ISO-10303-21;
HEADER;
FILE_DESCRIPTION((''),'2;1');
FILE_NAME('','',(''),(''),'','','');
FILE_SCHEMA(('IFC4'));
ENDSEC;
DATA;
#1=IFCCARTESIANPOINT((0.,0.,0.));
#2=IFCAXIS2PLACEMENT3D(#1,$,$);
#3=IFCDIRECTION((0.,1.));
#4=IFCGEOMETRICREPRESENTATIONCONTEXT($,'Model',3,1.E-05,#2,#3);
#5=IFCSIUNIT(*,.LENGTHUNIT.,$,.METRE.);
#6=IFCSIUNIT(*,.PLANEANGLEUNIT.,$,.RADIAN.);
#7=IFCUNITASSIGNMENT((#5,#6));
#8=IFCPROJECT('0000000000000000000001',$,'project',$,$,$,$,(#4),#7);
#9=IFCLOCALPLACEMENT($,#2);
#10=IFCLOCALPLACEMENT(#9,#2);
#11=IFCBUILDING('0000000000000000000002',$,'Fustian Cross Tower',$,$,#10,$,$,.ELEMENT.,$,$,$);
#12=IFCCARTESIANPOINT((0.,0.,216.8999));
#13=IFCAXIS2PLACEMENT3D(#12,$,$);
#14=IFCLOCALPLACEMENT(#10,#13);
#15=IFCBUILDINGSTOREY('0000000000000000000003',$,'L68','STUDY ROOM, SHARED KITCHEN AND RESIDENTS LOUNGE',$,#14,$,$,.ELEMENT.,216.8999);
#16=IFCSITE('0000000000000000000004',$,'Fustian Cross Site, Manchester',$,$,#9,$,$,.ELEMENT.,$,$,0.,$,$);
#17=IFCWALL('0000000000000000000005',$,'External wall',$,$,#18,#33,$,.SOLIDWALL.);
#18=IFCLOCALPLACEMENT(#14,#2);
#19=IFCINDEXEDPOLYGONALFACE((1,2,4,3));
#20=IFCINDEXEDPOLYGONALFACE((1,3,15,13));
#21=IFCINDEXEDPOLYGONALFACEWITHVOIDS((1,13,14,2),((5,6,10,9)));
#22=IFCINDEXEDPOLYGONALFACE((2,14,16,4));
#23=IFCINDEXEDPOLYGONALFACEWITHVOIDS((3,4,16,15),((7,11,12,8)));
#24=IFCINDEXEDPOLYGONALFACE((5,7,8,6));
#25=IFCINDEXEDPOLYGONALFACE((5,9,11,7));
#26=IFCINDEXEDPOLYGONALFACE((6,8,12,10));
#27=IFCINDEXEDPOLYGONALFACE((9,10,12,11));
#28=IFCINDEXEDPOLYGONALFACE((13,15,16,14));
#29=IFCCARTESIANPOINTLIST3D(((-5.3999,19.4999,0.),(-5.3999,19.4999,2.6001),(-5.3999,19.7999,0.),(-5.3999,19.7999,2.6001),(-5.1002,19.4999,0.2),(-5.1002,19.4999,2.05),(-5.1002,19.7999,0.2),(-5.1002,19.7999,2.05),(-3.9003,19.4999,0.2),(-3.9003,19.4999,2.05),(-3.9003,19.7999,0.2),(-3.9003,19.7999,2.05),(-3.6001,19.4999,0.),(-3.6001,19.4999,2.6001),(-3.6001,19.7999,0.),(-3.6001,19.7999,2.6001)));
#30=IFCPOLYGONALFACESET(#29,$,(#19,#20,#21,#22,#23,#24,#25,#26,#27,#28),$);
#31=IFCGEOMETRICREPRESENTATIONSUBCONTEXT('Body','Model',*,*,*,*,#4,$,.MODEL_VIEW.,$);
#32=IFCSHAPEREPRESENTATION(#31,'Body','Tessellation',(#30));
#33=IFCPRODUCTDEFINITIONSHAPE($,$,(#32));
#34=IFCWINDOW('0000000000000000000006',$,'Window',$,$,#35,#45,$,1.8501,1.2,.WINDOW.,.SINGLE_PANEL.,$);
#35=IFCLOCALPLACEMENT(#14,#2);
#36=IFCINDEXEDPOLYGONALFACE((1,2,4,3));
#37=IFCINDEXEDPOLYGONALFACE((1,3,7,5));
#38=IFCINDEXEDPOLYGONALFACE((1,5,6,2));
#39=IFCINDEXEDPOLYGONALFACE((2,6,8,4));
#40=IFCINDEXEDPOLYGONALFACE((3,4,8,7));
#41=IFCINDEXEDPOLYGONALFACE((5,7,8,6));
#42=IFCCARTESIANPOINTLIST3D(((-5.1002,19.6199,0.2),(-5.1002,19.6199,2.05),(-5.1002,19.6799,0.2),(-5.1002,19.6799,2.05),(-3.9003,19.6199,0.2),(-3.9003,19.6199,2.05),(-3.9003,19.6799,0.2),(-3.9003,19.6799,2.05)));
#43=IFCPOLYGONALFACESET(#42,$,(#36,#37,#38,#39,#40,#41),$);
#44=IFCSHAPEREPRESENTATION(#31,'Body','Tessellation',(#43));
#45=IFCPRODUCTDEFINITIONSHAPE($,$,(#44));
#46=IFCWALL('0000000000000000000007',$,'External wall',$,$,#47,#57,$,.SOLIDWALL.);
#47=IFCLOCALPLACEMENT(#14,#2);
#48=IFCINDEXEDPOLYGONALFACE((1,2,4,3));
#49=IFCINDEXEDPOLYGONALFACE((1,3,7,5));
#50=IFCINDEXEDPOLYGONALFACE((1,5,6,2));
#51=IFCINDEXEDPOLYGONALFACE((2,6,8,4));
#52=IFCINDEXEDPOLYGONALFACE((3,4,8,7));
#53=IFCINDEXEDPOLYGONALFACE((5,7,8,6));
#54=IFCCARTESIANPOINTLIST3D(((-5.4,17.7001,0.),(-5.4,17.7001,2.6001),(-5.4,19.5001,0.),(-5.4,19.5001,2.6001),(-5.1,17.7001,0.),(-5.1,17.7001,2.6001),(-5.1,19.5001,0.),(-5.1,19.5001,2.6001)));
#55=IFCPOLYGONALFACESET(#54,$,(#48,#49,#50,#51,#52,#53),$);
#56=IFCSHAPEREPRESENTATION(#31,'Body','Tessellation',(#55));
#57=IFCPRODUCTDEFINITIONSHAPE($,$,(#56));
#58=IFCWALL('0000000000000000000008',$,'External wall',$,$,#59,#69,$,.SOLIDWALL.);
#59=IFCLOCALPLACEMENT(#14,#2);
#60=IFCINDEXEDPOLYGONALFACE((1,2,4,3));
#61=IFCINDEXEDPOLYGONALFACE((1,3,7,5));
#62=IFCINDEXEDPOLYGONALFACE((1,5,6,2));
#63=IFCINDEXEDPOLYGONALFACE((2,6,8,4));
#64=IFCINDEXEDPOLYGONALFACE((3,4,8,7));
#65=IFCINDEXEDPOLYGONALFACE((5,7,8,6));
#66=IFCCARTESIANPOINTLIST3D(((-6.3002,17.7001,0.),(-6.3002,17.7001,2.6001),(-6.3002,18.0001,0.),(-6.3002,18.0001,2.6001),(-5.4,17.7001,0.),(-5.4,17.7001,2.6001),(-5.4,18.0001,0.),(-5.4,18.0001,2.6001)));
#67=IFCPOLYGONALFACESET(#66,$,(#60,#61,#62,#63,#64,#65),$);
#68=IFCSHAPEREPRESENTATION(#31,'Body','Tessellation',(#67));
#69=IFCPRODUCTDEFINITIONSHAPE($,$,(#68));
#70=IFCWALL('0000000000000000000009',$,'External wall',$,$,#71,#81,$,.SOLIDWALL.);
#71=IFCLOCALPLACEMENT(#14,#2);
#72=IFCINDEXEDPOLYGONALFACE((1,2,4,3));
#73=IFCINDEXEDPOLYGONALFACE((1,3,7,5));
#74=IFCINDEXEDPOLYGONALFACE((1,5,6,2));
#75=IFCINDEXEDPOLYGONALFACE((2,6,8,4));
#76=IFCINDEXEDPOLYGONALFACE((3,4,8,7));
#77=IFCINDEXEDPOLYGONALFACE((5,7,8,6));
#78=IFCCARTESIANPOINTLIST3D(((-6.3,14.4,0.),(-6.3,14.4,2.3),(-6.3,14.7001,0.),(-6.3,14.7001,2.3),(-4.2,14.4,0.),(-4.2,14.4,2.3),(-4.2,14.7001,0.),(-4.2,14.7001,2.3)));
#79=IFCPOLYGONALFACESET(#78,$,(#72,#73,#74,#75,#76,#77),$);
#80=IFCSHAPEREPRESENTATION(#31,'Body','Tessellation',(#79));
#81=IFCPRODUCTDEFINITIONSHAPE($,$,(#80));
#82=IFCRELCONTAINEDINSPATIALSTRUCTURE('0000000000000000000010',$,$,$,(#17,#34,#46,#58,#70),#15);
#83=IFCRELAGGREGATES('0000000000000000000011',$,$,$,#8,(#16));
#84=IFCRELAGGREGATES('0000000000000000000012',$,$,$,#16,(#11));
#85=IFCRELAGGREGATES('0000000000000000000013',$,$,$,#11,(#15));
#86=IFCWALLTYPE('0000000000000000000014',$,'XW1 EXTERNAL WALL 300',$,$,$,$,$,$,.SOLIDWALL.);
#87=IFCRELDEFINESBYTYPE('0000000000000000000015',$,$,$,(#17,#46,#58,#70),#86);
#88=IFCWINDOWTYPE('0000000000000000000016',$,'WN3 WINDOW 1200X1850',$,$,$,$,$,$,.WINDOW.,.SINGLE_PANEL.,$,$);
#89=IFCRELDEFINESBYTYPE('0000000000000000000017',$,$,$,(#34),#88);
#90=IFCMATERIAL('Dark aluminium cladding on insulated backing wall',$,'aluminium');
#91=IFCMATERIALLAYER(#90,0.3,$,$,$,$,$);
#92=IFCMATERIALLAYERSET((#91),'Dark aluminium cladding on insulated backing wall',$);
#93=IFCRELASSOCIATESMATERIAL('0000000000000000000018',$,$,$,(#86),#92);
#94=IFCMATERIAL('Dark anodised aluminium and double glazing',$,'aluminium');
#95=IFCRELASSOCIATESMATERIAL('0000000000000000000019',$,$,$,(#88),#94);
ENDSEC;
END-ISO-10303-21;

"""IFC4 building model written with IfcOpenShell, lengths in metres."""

from ifc_helpers import new_model, si_unit, direction, frame, frame_2d, origin, place, context, subcontext, project, spatial, rectangle, extrude, material, layer, layer_set, type_object, element, fill, save


model = new_model("IFC4")

# Units and contexts
model_context = context("Model", 3, precision=1e-05, world=origin(), true_north=direction((0.0, 1.0)))
body_context = subcontext(model_context, "Body", "Model", "MODEL_VIEW")
ifc_project = project(units=[si_unit("LENGTHUNIT", "METRE"), si_unit("PLANEANGLEUNIT", "RADIAN")], contexts=[model_context])

# Site, building, storey
site_placement = place(None, origin())
site = spatial("IfcSite", under=ifc_project, at=site_placement, Name="Fustian Cross Site, Manchester", CompositionType="ELEMENT", RefElevation=0.0)
building_placement = place(site_placement, origin())
building = spatial("IfcBuilding", under=site, at=building_placement, Name="Fustian Cross Tower", CompositionType="ELEMENT")
storey_placement = place(building_placement, frame((0.0, 0.0, 216.8999)))
storey = spatial("IfcBuildingStorey", under=building, at=storey_placement, Name="L68", Description="STUDY ROOM, SHARED KITCHEN AND RESIDENTS LOUNGE", CompositionType="ELEMENT", Elevation=216.8999)

# Shared definitions
ifc_material_1 = material(Name="Dark aluminium cladding on insulated backing wall", Category="aluminium")
ifc_layer_1 = layer(ifc_material_1, 0.3)
ifc_layer_set_1 = layer_set([ifc_layer_1], Name="Dark aluminium cladding on insulated backing wall")
wall_type_1 = type_object("IfcWallType", Name="XW1 EXTERNAL WALL 300", PredefinedType="SOLIDWALL", material=ifc_layer_set_1)

# Wall, opening, window
wall_1_placement = place(storey_placement, frame((-3.6001, 19.6499, 0.0), z_axis=(0.0, 0.0, 1.0), x_axis=(-1.0, 0.0, 0.0)))
wall_1 = element("IfcWall", 1, at=wall_1_placement, inside=storey, type_object=wall_type_1, Name="External wall", PredefinedType="SOLIDWALL", context=body_context, shape_type="SweptSolid", body=[
    extrude(rectangle(XDim=1.7998, YDim=0.3, at=frame_2d((0.8999, 0.0))), origin(), (0.0, 0.0, 1.0), 2.6001),
])
opening_1_placement = place(wall_1_placement, frame((0.3, 0.0, 0.2)))
opening_1 = element("IfcOpeningElement", 2, at=opening_1_placement, cuts=wall_1, PredefinedType="OPENING", context=body_context, shape_type="SweptSolid", body=[
    extrude(rectangle(XDim=1.2, YDim=1.8501, at=frame_2d((0.6001, 0.925))), frame((0.0, 0.1599, 0.0), z_axis=(0.0, -1.0, 0.0), x_axis=(1.0, 0.0, 0.0)), (0.0, 0.0, 1.0), 0.3201),
])
ifc_material_2 = material(Name="Dark anodised aluminium and double glazing", Category="aluminium")
window_type = type_object("IfcWindowType", Name="WN3 WINDOW 1200X1850", PartitioningType="SINGLE_PANEL", PredefinedType="WINDOW", material=ifc_material_2)
window_placement = place(opening_1_placement, origin())
window = element("IfcWindow", 3, at=window_placement, inside=storey, type_object=window_type, Name="Window", OverallHeight=1.8501, OverallWidth=1.2, PartitioningType="SINGLE_PANEL", PredefinedType="WINDOW", context=body_context, shape_type="SweptSolid", body=[
    extrude(rectangle(XDim=1.2, YDim=1.8501, at=frame_2d((0.6001, 0.925))), frame((0.0, 0.03, 0.0), z_axis=(0.0, -1.0, 0.0), x_axis=(1.0, 0.0, 0.0)), (0.0, 0.0, 1.0), 0.0601),
])
fill(opening_1, window)

# Walls
wall_2_placement = place(storey_placement, frame((-5.25, 19.5, 0.0), z_axis=(0.0, 0.0, 1.0), x_axis=(0.0, -1.0, 0.0)))
element("IfcWall", 4, at=wall_2_placement, inside=storey, type_object=wall_type_1, Name="External wall", PredefinedType="SOLIDWALL", context=body_context, shape_type="SweptSolid", body=[
    extrude(rectangle(XDim=1.8, YDim=0.3, at=frame_2d((0.8999, 0.0))), origin(), (0.0, 0.0, 1.0), 2.6001),
])
wall_3_placement = place(storey_placement, frame((-5.3999, 17.8501, 0.0), z_axis=(0.0, 0.0, 1.0), x_axis=(-1.0, 0.0, 0.0)))
element("IfcWall", 5, at=wall_3_placement, inside=storey, type_object=wall_type_1, Name="External wall", PredefinedType="SOLIDWALL", context=body_context, shape_type="SweptSolid", body=[
    extrude(rectangle(XDim=0.9001, YDim=0.3, at=frame_2d((0.4502, 0.0))), origin(), (0.0, 0.0, 1.0), 2.6001),
])
wall_4_placement = place(storey_placement, frame((-6.3, 14.55, 0.0), z_axis=(0.0, 0.0, 1.0), x_axis=(1.0, 0.0, 0.0)))
element("IfcWall", 6, at=wall_4_placement, inside=storey, type_object=wall_type_1, Name="External wall", PredefinedType="SOLIDWALL", context=body_context, shape_type="SweptSolid", body=[
    extrude(rectangle(XDim=2.1001, YDim=0.3, at=frame_2d((1.05, 0.0))), origin(), (0.0, 0.0, 1.0), 2.3),
])

save(model, "model.ifc")
